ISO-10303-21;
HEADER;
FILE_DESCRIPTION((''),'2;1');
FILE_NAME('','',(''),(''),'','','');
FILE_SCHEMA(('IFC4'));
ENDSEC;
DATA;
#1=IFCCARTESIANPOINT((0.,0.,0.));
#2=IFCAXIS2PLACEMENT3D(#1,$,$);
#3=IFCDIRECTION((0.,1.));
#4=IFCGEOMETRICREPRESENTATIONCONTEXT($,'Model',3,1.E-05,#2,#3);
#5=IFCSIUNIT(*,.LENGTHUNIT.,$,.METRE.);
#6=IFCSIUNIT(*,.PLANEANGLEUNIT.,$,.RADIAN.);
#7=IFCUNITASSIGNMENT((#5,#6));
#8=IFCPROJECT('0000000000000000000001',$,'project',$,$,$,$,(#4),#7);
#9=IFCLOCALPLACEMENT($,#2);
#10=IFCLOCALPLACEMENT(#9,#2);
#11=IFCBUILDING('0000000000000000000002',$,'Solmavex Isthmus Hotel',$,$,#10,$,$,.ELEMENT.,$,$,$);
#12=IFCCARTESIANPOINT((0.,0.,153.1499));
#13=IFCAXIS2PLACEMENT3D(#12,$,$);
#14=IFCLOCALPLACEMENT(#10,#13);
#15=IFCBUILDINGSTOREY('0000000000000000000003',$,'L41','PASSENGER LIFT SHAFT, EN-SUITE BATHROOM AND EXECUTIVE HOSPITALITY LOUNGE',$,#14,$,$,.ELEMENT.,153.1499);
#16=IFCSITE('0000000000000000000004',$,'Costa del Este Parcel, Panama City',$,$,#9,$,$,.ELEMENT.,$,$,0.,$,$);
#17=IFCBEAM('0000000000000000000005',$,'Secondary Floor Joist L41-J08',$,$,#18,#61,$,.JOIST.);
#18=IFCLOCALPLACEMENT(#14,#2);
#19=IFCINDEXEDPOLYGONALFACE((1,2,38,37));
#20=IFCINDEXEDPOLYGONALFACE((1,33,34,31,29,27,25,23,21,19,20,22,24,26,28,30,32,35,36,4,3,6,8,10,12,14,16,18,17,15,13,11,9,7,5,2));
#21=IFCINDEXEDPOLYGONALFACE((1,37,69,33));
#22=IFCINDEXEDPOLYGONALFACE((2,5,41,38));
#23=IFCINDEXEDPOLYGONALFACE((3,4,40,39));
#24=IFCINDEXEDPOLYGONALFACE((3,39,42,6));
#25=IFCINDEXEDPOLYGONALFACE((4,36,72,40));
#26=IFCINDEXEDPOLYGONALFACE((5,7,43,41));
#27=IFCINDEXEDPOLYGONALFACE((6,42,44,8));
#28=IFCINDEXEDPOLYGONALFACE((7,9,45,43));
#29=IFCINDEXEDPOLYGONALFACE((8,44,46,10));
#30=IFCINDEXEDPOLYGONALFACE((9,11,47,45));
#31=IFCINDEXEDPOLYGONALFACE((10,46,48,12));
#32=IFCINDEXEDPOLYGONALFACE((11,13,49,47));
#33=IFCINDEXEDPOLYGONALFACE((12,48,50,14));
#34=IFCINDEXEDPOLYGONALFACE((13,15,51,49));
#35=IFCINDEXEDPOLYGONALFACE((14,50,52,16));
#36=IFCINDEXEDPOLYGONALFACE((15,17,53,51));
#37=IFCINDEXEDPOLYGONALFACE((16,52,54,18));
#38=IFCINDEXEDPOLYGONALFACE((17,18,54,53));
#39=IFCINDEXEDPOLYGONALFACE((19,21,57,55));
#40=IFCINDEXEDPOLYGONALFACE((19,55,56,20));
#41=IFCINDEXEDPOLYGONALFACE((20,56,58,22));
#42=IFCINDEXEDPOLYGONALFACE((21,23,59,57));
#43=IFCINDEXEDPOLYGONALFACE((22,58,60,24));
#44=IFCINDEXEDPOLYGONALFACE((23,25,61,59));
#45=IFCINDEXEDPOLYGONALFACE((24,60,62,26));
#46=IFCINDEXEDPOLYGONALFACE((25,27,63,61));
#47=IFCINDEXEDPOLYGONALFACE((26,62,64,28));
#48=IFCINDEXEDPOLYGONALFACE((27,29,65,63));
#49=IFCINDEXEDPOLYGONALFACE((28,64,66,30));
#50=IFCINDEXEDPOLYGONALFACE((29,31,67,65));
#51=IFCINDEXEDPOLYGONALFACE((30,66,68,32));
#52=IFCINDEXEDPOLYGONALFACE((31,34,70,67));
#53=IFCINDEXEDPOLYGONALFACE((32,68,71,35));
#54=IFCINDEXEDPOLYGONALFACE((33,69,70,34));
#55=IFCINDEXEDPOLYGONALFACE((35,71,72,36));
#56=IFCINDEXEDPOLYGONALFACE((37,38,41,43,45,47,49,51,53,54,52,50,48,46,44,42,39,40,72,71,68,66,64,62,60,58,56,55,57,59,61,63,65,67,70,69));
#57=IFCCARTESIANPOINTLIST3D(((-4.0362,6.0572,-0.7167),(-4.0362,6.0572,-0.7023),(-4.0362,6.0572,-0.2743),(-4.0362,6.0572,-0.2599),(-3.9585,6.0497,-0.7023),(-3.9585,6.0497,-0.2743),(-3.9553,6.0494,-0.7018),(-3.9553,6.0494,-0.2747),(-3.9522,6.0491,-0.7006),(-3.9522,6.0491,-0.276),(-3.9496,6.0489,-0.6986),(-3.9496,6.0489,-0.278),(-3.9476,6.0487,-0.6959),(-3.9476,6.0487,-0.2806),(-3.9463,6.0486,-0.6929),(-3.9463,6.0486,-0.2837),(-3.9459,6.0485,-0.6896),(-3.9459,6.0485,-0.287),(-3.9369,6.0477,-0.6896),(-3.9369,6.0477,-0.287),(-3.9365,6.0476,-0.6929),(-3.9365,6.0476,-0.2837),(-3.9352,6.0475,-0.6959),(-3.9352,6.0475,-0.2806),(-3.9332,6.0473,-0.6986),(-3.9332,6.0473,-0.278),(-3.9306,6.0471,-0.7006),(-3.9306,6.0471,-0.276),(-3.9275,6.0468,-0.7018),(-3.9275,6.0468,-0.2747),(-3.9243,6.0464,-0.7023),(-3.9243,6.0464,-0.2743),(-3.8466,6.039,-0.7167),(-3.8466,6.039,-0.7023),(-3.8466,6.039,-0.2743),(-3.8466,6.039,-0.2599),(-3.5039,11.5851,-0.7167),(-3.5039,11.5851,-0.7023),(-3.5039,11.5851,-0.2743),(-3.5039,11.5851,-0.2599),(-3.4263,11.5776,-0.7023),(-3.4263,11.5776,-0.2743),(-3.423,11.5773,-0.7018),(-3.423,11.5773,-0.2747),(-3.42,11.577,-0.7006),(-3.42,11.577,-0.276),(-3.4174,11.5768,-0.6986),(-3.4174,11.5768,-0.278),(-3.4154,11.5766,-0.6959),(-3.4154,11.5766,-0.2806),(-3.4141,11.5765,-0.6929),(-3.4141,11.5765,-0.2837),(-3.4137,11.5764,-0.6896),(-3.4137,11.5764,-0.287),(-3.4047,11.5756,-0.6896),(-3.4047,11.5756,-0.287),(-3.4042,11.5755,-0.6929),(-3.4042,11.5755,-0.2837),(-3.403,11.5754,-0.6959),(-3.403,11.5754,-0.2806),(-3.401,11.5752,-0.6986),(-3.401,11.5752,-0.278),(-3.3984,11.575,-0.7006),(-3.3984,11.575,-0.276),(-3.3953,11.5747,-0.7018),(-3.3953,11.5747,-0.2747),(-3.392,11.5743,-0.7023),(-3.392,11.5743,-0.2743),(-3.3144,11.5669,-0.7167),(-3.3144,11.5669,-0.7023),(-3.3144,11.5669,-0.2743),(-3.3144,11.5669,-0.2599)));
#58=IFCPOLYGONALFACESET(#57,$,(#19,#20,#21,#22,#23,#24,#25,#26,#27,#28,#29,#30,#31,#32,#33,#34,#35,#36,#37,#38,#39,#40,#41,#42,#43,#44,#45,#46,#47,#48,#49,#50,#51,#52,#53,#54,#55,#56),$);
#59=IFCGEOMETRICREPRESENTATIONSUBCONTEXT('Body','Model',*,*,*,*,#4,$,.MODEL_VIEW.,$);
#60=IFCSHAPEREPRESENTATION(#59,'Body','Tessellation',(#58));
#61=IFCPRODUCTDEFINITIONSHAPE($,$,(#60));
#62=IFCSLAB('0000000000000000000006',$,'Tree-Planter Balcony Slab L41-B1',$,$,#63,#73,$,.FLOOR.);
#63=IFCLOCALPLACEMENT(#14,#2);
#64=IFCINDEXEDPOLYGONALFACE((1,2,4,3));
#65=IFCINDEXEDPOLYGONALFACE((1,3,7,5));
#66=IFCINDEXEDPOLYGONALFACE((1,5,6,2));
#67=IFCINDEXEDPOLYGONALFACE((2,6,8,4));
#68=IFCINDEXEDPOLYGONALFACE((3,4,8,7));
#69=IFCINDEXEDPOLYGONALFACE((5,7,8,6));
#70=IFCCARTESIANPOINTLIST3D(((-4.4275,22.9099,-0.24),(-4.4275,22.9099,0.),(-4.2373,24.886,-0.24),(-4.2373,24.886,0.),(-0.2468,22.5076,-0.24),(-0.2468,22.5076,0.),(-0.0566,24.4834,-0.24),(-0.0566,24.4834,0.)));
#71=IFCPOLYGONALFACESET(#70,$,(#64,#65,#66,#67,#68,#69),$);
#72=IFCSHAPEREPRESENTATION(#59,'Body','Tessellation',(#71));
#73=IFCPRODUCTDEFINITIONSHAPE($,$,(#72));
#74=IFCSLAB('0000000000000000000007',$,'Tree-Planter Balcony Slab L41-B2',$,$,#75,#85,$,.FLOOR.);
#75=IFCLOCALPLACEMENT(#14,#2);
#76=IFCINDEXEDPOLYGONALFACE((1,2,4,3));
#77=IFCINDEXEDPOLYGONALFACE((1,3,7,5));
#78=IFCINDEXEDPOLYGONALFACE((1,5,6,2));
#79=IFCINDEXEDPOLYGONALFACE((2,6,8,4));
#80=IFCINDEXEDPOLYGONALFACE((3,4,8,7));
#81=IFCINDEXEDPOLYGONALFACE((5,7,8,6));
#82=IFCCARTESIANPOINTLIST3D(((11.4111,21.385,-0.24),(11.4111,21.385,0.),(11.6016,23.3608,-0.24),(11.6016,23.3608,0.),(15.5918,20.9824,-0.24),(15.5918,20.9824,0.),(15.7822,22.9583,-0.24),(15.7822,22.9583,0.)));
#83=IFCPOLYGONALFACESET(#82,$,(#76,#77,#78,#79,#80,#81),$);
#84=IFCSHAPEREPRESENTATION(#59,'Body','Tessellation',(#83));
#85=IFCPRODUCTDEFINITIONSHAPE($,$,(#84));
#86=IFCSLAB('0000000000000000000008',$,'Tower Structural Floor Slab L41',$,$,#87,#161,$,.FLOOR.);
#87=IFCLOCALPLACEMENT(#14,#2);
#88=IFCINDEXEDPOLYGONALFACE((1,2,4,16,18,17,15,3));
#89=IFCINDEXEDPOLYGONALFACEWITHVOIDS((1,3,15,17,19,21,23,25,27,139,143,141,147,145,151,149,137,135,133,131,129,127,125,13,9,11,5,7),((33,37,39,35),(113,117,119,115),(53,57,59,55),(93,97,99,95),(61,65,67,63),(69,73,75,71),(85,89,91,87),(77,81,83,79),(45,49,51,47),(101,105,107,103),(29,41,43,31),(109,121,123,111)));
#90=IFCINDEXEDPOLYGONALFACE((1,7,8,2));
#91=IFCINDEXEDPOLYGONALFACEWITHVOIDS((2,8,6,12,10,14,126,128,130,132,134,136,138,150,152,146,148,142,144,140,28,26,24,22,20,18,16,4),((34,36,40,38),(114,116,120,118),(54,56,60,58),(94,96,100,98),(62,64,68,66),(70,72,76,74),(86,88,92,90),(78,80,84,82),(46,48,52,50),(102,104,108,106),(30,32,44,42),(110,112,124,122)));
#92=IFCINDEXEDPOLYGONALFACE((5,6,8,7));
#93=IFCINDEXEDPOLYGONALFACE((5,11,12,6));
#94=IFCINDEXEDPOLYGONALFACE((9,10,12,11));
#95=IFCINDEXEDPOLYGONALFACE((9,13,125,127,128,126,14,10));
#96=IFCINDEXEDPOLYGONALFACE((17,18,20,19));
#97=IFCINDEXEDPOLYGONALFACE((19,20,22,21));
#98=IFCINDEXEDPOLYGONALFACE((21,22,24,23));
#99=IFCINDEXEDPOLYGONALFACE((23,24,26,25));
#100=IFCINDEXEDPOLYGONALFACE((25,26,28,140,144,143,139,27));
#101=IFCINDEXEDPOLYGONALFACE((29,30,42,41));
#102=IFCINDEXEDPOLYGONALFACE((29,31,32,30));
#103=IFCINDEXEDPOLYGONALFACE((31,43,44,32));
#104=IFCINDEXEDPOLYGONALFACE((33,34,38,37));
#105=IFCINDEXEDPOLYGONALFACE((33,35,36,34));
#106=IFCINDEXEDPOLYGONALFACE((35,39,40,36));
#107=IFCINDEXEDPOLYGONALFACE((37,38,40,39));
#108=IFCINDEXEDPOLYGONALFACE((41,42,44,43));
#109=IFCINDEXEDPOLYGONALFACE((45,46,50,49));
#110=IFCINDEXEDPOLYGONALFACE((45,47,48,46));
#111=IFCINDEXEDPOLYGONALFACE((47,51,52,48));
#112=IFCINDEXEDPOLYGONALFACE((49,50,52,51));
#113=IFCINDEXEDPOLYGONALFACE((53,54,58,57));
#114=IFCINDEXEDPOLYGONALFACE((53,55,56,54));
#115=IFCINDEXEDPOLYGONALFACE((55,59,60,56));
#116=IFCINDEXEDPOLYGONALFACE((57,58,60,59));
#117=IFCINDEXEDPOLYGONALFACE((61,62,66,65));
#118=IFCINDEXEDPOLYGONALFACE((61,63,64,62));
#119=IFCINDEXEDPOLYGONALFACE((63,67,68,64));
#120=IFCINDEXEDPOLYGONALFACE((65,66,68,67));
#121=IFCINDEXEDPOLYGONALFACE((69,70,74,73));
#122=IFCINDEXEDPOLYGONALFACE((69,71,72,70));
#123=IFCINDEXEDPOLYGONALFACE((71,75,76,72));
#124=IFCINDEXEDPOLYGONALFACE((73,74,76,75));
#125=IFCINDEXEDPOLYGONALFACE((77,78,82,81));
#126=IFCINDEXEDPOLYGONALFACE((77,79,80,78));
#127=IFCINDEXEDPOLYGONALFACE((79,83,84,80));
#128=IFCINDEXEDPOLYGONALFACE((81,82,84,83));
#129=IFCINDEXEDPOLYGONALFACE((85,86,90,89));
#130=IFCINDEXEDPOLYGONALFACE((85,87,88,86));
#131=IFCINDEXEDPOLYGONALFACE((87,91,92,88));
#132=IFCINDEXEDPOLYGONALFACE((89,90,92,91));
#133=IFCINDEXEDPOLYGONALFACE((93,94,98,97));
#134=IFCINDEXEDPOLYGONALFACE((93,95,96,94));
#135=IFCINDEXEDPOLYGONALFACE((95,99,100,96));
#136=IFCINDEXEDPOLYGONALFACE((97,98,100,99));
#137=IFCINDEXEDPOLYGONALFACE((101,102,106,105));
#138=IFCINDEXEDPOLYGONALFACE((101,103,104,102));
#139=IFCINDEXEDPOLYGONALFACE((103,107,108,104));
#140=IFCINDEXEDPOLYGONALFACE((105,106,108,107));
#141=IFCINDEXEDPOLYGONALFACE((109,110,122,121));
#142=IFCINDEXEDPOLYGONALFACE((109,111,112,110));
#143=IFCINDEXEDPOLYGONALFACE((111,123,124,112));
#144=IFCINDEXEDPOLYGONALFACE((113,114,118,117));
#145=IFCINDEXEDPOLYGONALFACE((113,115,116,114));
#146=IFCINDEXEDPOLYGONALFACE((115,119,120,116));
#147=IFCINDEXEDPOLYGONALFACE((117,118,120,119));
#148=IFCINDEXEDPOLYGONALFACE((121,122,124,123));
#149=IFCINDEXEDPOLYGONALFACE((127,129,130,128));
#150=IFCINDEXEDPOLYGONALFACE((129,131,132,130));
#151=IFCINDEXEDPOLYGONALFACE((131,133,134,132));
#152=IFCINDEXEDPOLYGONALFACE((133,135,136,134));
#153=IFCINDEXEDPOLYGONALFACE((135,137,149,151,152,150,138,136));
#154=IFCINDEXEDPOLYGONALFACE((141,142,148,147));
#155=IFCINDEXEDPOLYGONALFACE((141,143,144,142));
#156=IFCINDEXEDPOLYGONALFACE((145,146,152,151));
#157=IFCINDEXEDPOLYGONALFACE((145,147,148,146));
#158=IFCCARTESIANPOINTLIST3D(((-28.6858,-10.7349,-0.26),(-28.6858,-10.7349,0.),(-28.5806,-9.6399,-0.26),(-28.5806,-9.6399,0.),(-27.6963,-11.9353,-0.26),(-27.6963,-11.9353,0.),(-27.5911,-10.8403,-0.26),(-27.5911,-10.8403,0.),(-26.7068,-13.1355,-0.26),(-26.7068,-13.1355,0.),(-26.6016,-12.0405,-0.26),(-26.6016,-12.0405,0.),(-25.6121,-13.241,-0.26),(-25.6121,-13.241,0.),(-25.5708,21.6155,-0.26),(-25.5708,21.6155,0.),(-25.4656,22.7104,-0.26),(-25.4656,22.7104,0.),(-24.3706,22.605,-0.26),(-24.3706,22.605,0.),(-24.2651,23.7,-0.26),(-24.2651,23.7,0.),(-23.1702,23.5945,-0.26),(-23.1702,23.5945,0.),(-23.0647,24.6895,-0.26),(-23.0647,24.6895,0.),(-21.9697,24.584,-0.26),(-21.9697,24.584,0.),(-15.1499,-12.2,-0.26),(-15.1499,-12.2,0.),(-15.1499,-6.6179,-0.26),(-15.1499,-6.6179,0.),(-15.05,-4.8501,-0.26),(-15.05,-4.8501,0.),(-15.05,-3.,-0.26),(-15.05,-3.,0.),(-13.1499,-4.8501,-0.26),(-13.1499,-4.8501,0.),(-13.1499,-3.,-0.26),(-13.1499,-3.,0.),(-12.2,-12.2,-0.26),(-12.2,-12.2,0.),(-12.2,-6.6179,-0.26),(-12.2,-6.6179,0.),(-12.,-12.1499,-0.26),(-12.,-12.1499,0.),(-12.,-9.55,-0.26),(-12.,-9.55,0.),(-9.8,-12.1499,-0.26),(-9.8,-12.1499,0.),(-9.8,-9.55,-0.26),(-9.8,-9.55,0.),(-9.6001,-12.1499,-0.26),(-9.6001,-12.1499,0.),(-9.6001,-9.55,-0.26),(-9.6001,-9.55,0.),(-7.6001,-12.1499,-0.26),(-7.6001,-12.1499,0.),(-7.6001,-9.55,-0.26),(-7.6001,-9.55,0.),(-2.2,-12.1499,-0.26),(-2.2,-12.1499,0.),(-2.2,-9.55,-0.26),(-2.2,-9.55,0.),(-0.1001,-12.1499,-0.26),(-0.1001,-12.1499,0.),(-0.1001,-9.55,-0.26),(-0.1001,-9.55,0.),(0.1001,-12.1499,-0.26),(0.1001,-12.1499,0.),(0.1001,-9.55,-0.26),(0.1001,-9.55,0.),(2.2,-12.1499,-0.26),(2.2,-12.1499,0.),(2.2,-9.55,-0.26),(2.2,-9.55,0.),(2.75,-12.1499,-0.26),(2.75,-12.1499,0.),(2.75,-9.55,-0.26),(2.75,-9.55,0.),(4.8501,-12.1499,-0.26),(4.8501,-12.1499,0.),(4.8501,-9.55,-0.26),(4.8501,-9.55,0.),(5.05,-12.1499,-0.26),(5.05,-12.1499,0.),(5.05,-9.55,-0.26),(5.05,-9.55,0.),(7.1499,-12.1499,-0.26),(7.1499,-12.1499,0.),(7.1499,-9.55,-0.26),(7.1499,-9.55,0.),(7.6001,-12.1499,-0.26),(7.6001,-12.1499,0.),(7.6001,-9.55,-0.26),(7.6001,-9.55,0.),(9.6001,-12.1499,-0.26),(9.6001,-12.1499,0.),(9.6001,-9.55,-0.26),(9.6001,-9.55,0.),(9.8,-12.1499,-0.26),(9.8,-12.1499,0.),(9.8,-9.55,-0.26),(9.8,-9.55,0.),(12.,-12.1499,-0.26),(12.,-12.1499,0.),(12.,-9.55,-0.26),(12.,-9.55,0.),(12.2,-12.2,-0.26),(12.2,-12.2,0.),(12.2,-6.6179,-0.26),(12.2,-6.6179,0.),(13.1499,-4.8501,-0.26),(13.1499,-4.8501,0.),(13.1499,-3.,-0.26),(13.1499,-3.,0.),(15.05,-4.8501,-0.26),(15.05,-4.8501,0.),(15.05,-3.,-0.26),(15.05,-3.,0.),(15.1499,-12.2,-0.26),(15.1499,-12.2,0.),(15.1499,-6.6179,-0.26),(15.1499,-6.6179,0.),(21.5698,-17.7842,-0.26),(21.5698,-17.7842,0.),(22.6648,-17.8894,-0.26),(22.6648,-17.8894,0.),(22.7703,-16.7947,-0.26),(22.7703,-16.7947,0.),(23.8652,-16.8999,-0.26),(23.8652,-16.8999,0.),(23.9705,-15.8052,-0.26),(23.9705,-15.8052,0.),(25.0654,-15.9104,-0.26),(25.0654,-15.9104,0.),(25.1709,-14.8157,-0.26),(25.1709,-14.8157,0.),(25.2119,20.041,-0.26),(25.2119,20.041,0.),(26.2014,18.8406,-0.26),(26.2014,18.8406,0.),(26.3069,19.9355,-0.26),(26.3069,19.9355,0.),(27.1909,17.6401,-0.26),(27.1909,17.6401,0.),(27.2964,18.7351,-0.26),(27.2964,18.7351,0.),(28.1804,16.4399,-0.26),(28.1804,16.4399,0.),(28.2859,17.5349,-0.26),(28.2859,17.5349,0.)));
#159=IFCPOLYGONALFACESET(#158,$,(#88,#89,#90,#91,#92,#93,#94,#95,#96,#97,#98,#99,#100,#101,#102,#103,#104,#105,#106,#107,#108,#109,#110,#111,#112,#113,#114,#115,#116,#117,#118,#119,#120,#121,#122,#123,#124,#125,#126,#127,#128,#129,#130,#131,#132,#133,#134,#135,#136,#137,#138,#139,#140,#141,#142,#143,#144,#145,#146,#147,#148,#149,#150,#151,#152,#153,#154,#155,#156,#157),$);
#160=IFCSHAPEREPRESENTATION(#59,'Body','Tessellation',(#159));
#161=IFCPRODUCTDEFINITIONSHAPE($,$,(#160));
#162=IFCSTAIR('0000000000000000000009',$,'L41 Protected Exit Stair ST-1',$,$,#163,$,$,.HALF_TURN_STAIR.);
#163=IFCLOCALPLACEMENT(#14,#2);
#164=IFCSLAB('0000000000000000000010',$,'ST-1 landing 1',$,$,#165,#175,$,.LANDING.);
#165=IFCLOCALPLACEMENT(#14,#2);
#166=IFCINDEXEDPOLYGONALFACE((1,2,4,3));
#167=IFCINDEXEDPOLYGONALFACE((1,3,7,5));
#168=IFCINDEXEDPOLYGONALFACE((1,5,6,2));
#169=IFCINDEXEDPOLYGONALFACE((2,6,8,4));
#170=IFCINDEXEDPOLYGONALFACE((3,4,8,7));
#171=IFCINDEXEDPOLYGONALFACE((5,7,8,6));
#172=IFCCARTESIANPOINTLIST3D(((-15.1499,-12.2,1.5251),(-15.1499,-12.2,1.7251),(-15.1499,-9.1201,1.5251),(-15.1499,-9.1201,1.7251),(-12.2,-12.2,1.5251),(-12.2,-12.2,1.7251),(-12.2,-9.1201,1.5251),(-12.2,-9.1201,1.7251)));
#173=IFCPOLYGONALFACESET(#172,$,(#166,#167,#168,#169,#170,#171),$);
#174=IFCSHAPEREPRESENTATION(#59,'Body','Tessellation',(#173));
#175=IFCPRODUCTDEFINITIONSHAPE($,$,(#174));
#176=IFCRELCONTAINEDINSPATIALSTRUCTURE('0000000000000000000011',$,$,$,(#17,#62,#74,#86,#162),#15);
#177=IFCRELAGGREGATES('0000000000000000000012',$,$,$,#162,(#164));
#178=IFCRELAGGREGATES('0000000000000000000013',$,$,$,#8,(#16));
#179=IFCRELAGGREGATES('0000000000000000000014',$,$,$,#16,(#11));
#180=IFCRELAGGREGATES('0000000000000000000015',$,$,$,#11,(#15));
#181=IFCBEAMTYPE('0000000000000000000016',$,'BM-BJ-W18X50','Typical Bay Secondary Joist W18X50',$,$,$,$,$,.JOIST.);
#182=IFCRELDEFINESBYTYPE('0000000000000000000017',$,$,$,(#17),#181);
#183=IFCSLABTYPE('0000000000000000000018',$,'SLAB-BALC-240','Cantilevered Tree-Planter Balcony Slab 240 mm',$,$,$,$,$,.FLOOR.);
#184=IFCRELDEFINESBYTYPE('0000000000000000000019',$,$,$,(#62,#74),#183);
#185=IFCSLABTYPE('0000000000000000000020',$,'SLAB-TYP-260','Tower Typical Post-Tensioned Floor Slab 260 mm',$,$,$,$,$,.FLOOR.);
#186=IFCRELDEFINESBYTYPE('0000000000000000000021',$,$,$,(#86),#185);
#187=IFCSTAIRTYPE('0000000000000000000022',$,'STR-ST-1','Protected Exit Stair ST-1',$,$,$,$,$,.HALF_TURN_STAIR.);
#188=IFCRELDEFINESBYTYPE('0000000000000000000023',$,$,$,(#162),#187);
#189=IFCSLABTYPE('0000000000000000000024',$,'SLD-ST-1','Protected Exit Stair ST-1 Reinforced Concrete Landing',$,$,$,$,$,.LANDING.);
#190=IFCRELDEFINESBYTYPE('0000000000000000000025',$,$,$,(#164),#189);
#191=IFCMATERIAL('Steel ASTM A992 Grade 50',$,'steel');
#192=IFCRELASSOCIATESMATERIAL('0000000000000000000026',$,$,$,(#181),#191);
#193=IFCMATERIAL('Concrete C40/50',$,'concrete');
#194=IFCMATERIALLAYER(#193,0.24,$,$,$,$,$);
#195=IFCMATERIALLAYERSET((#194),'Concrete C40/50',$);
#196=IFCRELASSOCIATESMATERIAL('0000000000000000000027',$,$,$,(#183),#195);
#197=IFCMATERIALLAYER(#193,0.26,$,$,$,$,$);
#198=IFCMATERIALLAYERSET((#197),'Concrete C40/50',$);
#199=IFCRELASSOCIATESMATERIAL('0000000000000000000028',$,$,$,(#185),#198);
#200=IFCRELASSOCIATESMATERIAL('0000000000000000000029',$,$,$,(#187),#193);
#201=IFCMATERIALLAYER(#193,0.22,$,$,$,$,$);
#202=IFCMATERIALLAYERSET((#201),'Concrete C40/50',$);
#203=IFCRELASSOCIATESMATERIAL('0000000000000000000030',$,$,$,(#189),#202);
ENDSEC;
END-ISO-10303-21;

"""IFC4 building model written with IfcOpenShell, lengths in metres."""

from ifc_helpers import new_model, si_unit, direction, frame, origin, origin_2d, place, context, subcontext, project, spatial, polyline, i_section, outline, extrude, material, layer, layer_set, material_profile, profile_set, type_object, element, aggregate, save


model = new_model("IFC4")

# Units and contexts
model_context = context("Model", 3, precision=1e-05, world=origin(), true_north=direction((0.0, 1.0)))
body_context = subcontext(model_context, "Body", "Model", "MODEL_VIEW")
ifc_project = project(units=[si_unit("LENGTHUNIT", "METRE"), si_unit("PLANEANGLEUNIT", "RADIAN")], contexts=[model_context])

# Site, building, storey
site_placement = place(None, origin())
site = spatial("IfcSite", under=ifc_project, at=site_placement, Name="Costa del Este Parcel, Panama City", CompositionType="ELEMENT", RefElevation=0.0)
building_placement = place(site_placement, origin())
building = spatial("IfcBuilding", under=site, at=building_placement, Name="Solmavex Isthmus Hotel", CompositionType="ELEMENT")
storey_placement = place(building_placement, frame((0.0, 0.0, 153.1499)))
storey = spatial("IfcBuildingStorey", under=building, at=storey_placement, Name="L41", Description="PASSENGER LIFT SHAFT, EN-SUITE BATHROOM AND EXECUTIVE HOSPITALITY LOUNGE", CompositionType="ELEMENT", Elevation=153.1499)

# Beam
ifc_material_1 = material(Name="Steel ASTM A992 Grade 50", Category="steel")
ifc_material_profile_1 = material_profile(ifc_material_1, i_section(OverallWidth=0.1904, OverallDepth=0.4568, WebThickness=0.009, FlangeThickness=0.0144, FilletRadius=0.0127, at=origin_2d()), Name="W18X50")
ifc_profile_set_1 = profile_set([ifc_material_profile_1], Name="Steel ASTM A992 Grade 50")
beam_type_1 = type_object("IfcBeamType", Name="BM-BJ-W18X50", Description="Typical Bay Secondary Joist W18X50", PredefinedType="JOIST", material=ifc_profile_set_1)
beam_1_placement = place(storey_placement, frame((-3.9414, 6.0481, -0.4883), z_axis=(0.095838, 0.995397, 0.0), x_axis=(-0.995397, 0.095838, 0.0)))
element("IfcBeam", 1, at=beam_1_placement, inside=storey, type_object=beam_type_1, Name="Secondary Floor Joist L41-J08", PredefinedType="JOIST", context=body_context, shape_type="SweptSolid", body=[
    extrude(i_section(OverallWidth=0.1904, OverallDepth=0.4568, WebThickness=0.009, FlangeThickness=0.0144, FilletRadius=0.0127, at=origin_2d()), origin(), (0.0, 0.0, 1.0), 5.5535),
])

# Slabs
ifc_material_2 = material(Name="Concrete C40/50", Category="concrete")
ifc_layer_1 = layer(ifc_material_2, 0.24)
ifc_layer_set_1 = layer_set([ifc_layer_1], Name="Concrete C40/50")
slab_type_1 = type_object("IfcSlabType", Name="SLAB-BALC-240", Description="Cantilevered Tree-Planter Balcony Slab 240 mm", PredefinedType="FLOOR", material=ifc_layer_set_1)
slab_1_placement = place(storey_placement, frame((0.0, 0.0, -0.24)))
element("IfcSlab", 2, at=slab_1_placement, inside=storey, type_object=slab_type_1, Name="Tree-Planter Balcony Slab L41-B1", PredefinedType="FLOOR", context=body_context, shape_type="SweptSolid", body=[
    extrude(outline(polyline([(-4.4275, 22.9099), (-0.2468, 22.5076), (-0.0566, 24.4834), (-4.2373, 24.886), (-4.4275, 22.9099)])), origin(), (0.0, 0.0, 1.0), 0.24),
])
slab_2_placement = place(storey_placement, frame((0.0, 0.0, -0.24)))
element("IfcSlab", 3, at=slab_2_placement, inside=storey, type_object=slab_type_1, Name="Tree-Planter Balcony Slab L41-B2", PredefinedType="FLOOR", context=body_context, shape_type="SweptSolid", body=[
    extrude(outline(polyline([(11.4111, 21.385), (15.5918, 20.9824), (15.7822, 22.9583), (11.6016, 23.3608), (11.4111, 21.385)])), origin(), (0.0, 0.0, 1.0), 0.24),
])
ifc_layer_2 = layer(ifc_material_2, 0.26)
ifc_layer_set_2 = layer_set([ifc_layer_2], Name="Concrete C40/50")
slab_type_2 = type_object("IfcSlabType", Name="SLAB-TYP-260", Description="Tower Typical Post-Tensioned Floor Slab 260 mm", PredefinedType="FLOOR", material=ifc_layer_set_2)
slab_3_placement = place(storey_placement, frame((0.0, 0.0, -0.26)))
element("IfcSlab", 4, at=slab_3_placement, inside=storey, type_object=slab_type_2, Name="Tower Structural Floor Slab L41", PredefinedType="FLOOR", context=body_context, shape_type="SweptSolid", body=[
    extrude(outline(polyline([(-25.6121, -13.241), (21.5698, -17.7842), (22.6648, -17.8894), (22.7703, -16.7947), (23.8652, -16.8999), (23.9705, -15.8052), (25.0654, -15.9104), (25.1709, -14.8157), (28.1804, 16.4399), (28.2859, 17.5349), (27.1909, 17.6401), (27.2964, 18.7351), (26.2014, 18.8406), (26.3069, 19.9355), (25.2119, 20.041), (-21.9697, 24.584), (-23.0647, 24.6895), (-23.1702, 23.5945), (-24.2651, 23.7), (-24.3706, 22.605), (-25.4656, 22.7104), (-25.5708, 21.6155), (-28.5806, -9.6399), (-28.6858, -10.7349), (-27.5911, -10.8403), (-27.6963, -11.9353), (-26.6016, -12.0405), (-26.7068, -13.1355), (-25.6121, -13.241)]), holes=[polyline([(-15.1499, -6.6179), (-15.1499, -12.2), (-12.2, -12.2), (-12.2, -6.6179), (-15.1499, -6.6179)]), polyline([(12.2, -6.6179), (12.2, -12.2), (15.1499, -12.2), (15.1499, -6.6179), (12.2, -6.6179)]), polyline([(-12.0, -12.1499), (-9.8, -12.1499), (-9.8, -9.55), (-12.0, -9.55), (-12.0, -12.1499)]), polyline([(9.8, -12.1499), (12.0, -12.1499), (12.0, -9.55), (9.8, -9.55), (9.8, -12.1499)]), polyline([(-9.6001, -12.1499), (-7.6001, -12.1499), (-7.6001, -9.55), (-9.6001, -9.55), (-9.6001, -12.1499)]), polyline([(7.6001, -12.1499), (9.6001, -12.1499), (9.6001, -9.55), (7.6001, -9.55), (7.6001, -12.1499)]), polyline([(-2.2, -12.1499), (-0.1001, -12.1499), (-0.1001, -9.55), (-2.2, -9.55), (-2.2, -12.1499)]), polyline([(0.1001, -12.1499), (2.2, -12.1499), (2.2, -9.55), (0.1001, -9.55), (0.1001, -12.1499)]), polyline([(2.75, -12.1499), (4.8501, -12.1499), (4.8501, -9.55), (2.75, -9.55), (2.75, -12.1499)]), polyline([(5.05, -12.1499), (7.1499, -12.1499), (7.1499, -9.55), (5.05, -9.55), (5.05, -12.1499)]), polyline([(-15.05, -4.8501), (-13.1499, -4.8501), (-13.1499, -3.0), (-15.05, -3.0), (-15.05, -4.8501)]), polyline([(13.1499, -4.8501), (15.05, -4.8501), (15.05, -3.0), (13.1499, -3.0), (13.1499, -4.8501)])]), origin(), (0.0, 0.0, 1.0), 0.26),
])

# Stair, slab
stair_type_1 = type_object("IfcStairType", Name="STR-ST-1", Description="Protected Exit Stair ST-1", PredefinedType="HALF_TURN_STAIR", material=ifc_material_2)
stair_1_placement = place(storey_placement, origin())
stair_1 = element("IfcStair", 5, at=stair_1_placement, inside=storey, type_object=stair_type_1, Name="L41 Protected Exit Stair ST-1", PredefinedType="HALF_TURN_STAIR")
ifc_layer_3 = layer(ifc_material_2, 0.22)
ifc_layer_set_3 = layer_set([ifc_layer_3], Name="Concrete C40/50")
slab_type_3 = type_object("IfcSlabType", Name="SLD-ST-1", Description="Protected Exit Stair ST-1 Reinforced Concrete Landing", PredefinedType="LANDING", material=ifc_layer_set_3)
slab_4_placement = place(storey_placement, frame((0.0, 0.0, 1.5251)))
slab_4 = element("IfcSlab", 6, at=slab_4_placement, type_object=slab_type_3, Name="ST-1 landing 1", PredefinedType="LANDING", context=body_context, shape_type="SweptSolid", body=[
    extrude(outline(polyline([(-15.1499, -9.1201), (-15.1499, -12.2), (-12.2, -12.2), (-12.2, -9.1201), (-15.1499, -9.1201)])), origin(), (0.0, 0.0, 1.0), 0.2),
])
aggregate(stair_1, [slab_4])

save(model, "model.ifc")
